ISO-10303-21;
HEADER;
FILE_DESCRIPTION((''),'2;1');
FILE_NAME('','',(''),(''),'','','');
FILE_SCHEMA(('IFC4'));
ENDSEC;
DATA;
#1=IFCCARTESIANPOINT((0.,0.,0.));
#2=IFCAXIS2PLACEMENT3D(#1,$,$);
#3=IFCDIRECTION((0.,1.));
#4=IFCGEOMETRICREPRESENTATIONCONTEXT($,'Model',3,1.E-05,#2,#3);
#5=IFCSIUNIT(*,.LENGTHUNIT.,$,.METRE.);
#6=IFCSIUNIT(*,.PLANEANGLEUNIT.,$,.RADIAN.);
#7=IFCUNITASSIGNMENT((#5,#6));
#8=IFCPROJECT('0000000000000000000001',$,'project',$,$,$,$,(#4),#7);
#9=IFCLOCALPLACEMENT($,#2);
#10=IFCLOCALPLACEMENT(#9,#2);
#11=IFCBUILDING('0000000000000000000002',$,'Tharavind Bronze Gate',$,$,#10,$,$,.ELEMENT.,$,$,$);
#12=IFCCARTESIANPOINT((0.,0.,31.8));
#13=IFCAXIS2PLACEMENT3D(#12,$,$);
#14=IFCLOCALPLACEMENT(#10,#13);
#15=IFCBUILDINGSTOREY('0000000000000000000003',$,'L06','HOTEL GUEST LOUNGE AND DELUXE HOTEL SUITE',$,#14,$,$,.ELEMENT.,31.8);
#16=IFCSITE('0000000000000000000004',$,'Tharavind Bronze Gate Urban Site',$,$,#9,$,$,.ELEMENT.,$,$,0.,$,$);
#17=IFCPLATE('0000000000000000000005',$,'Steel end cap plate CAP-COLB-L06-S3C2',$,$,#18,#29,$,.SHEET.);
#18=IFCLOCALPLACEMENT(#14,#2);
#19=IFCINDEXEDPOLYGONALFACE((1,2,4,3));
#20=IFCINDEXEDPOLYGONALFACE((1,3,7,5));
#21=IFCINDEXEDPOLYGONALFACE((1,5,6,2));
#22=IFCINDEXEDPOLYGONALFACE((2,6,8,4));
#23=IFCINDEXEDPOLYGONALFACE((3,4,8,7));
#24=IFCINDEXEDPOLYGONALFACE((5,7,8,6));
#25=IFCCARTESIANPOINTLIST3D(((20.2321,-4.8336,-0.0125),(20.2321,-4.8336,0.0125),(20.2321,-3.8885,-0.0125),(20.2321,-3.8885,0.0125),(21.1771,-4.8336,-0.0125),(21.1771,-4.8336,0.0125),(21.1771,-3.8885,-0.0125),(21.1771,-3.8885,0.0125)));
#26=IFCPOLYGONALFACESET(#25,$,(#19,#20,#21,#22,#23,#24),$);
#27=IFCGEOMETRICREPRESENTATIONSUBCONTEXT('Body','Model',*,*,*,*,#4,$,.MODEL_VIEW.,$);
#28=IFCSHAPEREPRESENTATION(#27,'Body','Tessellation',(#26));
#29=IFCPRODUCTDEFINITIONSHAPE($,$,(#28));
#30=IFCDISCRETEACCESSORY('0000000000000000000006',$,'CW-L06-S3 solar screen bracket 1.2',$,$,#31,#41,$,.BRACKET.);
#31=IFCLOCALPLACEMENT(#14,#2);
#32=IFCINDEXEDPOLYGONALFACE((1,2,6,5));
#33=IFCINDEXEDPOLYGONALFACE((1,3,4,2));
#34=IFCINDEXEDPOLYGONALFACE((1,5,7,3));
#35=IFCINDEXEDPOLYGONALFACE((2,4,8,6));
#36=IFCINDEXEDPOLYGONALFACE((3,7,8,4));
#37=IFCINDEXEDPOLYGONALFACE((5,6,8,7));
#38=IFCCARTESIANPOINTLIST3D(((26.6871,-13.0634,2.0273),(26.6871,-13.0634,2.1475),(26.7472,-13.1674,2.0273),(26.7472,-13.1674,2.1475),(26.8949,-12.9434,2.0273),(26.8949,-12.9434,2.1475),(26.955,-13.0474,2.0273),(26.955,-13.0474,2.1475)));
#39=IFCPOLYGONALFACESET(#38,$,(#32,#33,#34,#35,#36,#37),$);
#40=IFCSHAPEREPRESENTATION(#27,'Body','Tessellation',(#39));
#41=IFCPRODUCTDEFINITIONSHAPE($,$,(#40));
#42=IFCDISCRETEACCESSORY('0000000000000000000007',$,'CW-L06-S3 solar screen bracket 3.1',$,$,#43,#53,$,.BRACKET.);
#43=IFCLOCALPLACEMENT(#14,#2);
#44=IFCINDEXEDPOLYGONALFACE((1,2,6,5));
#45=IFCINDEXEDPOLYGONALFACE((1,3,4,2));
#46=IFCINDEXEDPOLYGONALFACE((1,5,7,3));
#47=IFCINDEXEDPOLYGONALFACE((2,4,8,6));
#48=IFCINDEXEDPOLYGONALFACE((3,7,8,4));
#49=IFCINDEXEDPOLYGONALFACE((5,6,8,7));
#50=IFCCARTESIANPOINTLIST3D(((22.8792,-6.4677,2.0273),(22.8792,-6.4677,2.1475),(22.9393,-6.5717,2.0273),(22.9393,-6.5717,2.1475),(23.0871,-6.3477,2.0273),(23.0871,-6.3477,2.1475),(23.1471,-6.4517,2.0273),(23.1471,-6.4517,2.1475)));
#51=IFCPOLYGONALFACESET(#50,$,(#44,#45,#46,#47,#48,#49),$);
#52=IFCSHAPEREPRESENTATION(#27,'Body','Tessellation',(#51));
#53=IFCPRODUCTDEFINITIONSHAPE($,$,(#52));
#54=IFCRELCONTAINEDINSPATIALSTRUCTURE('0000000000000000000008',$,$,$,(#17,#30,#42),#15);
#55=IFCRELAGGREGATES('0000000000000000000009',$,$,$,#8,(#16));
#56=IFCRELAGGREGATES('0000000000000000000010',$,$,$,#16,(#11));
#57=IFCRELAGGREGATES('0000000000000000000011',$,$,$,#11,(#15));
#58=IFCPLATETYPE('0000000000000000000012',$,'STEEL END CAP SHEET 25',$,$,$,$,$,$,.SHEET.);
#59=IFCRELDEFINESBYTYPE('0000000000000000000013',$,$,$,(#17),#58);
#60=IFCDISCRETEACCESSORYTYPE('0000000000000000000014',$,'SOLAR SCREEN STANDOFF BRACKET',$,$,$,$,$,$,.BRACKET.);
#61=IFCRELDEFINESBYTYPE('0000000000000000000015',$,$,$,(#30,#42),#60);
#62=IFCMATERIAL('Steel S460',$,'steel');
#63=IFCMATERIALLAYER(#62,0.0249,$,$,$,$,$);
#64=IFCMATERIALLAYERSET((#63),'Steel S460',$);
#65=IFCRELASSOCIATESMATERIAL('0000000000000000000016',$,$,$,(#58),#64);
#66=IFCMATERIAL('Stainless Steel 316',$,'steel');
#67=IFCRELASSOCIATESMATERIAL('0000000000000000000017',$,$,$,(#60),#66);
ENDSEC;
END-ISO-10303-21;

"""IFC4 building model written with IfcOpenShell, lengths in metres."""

from ifc_helpers import new_model, si_unit, direction, frame, origin, origin_2d, place, context, subcontext, project, spatial, rectangle, extrude, material, layer, layer_set, type_object, element, save


model = new_model("IFC4")

# Units and contexts
model_context = context("Model", 3, precision=1e-05, world=origin(), true_north=direction((0.0, 1.0)))
body_context = subcontext(model_context, "Body", "Model", "MODEL_VIEW")
ifc_project = project(units=[si_unit("LENGTHUNIT", "METRE"), si_unit("PLANEANGLEUNIT", "RADIAN")], contexts=[model_context])

# Site, building, storey
site_placement = place(None, origin())
site = spatial("IfcSite", under=ifc_project, at=site_placement, Name="Tharavind Bronze Gate Urban Site", CompositionType="ELEMENT", RefElevation=0.0)
building_placement = place(site_placement, origin())
building = spatial("IfcBuilding", under=site, at=building_placement, Name="Tharavind Bronze Gate", CompositionType="ELEMENT")
storey_placement = place(building_placement, frame((0.0, 0.0, 31.8)))
storey = spatial("IfcBuildingStorey", under=building, at=storey_placement, Name="L06", Description="HOTEL GUEST LOUNGE AND DELUXE HOTEL SUITE", CompositionType="ELEMENT", Elevation=31.8)

# Shared definitions
ifc_material_1 = material(Name="Steel S460", Category="steel")

# Plate
ifc_layer_1 = layer(ifc_material_1, 0.0249)
ifc_layer_set_1 = layer_set([ifc_layer_1], Name="Steel S460")
plate_type_1 = type_object("IfcPlateType", Name="STEEL END CAP SHEET 25", PredefinedType="SHEET", material=ifc_layer_set_1)
plate_1_placement = place(storey_placement, frame((20.7046, -4.3611, -0.0125), z_axis=(0.0, 0.0, 1.0), x_axis=(1.0, 0.0, 0.0)))
element("IfcPlate", 1, at=plate_1_placement, inside=storey, type_object=plate_type_1, Name="Steel end cap plate CAP-COLB-L06-S3C2", PredefinedType="SHEET", context=body_context, shape_type="SweptSolid", body=[
    extrude(rectangle(XDim=0.9451, YDim=0.9451, at=origin_2d()), origin(), (0.0, 0.0, 1.0), 0.0249),
])

# Discrete accessories
ifc_material_2 = material(Name="Stainless Steel 316", Category="steel")
discrete_accessory_type = type_object("IfcDiscreteAccessoryType", Name="SOLAR SCREEN STANDOFF BRACKET", PredefinedType="BRACKET", material=ifc_material_2)
for number, where, z_axis, x_axis, name in (
    (2, (26.821, -13.0554, 2.0273), (0.0, 0.0, 1.0), (-0.500002, 0.866025, 0.0), "CW-L06-S3 solar screen bracket 1.2"),
    (3, (23.0132, -6.4597, 2.0273), (0.0, 0.0, 1.0), (-0.500002, 0.866025, 0.0), "CW-L06-S3 solar screen bracket 3.1"),
):
    element("IfcDiscreteAccessory", number, at=place(storey_placement, frame(where, z_axis=z_axis, x_axis=x_axis)), inside=storey, type_object=discrete_accessory_type, Name=name, PredefinedType="BRACKET", context=body_context, shape_type="SweptSolid", body=[
        extrude(rectangle(XDim=0.1201, YDim=0.24, at=origin_2d()), origin(), (0.0, 0.0, 1.0), 0.1201),
    ])

save(model, "model.ifc")
